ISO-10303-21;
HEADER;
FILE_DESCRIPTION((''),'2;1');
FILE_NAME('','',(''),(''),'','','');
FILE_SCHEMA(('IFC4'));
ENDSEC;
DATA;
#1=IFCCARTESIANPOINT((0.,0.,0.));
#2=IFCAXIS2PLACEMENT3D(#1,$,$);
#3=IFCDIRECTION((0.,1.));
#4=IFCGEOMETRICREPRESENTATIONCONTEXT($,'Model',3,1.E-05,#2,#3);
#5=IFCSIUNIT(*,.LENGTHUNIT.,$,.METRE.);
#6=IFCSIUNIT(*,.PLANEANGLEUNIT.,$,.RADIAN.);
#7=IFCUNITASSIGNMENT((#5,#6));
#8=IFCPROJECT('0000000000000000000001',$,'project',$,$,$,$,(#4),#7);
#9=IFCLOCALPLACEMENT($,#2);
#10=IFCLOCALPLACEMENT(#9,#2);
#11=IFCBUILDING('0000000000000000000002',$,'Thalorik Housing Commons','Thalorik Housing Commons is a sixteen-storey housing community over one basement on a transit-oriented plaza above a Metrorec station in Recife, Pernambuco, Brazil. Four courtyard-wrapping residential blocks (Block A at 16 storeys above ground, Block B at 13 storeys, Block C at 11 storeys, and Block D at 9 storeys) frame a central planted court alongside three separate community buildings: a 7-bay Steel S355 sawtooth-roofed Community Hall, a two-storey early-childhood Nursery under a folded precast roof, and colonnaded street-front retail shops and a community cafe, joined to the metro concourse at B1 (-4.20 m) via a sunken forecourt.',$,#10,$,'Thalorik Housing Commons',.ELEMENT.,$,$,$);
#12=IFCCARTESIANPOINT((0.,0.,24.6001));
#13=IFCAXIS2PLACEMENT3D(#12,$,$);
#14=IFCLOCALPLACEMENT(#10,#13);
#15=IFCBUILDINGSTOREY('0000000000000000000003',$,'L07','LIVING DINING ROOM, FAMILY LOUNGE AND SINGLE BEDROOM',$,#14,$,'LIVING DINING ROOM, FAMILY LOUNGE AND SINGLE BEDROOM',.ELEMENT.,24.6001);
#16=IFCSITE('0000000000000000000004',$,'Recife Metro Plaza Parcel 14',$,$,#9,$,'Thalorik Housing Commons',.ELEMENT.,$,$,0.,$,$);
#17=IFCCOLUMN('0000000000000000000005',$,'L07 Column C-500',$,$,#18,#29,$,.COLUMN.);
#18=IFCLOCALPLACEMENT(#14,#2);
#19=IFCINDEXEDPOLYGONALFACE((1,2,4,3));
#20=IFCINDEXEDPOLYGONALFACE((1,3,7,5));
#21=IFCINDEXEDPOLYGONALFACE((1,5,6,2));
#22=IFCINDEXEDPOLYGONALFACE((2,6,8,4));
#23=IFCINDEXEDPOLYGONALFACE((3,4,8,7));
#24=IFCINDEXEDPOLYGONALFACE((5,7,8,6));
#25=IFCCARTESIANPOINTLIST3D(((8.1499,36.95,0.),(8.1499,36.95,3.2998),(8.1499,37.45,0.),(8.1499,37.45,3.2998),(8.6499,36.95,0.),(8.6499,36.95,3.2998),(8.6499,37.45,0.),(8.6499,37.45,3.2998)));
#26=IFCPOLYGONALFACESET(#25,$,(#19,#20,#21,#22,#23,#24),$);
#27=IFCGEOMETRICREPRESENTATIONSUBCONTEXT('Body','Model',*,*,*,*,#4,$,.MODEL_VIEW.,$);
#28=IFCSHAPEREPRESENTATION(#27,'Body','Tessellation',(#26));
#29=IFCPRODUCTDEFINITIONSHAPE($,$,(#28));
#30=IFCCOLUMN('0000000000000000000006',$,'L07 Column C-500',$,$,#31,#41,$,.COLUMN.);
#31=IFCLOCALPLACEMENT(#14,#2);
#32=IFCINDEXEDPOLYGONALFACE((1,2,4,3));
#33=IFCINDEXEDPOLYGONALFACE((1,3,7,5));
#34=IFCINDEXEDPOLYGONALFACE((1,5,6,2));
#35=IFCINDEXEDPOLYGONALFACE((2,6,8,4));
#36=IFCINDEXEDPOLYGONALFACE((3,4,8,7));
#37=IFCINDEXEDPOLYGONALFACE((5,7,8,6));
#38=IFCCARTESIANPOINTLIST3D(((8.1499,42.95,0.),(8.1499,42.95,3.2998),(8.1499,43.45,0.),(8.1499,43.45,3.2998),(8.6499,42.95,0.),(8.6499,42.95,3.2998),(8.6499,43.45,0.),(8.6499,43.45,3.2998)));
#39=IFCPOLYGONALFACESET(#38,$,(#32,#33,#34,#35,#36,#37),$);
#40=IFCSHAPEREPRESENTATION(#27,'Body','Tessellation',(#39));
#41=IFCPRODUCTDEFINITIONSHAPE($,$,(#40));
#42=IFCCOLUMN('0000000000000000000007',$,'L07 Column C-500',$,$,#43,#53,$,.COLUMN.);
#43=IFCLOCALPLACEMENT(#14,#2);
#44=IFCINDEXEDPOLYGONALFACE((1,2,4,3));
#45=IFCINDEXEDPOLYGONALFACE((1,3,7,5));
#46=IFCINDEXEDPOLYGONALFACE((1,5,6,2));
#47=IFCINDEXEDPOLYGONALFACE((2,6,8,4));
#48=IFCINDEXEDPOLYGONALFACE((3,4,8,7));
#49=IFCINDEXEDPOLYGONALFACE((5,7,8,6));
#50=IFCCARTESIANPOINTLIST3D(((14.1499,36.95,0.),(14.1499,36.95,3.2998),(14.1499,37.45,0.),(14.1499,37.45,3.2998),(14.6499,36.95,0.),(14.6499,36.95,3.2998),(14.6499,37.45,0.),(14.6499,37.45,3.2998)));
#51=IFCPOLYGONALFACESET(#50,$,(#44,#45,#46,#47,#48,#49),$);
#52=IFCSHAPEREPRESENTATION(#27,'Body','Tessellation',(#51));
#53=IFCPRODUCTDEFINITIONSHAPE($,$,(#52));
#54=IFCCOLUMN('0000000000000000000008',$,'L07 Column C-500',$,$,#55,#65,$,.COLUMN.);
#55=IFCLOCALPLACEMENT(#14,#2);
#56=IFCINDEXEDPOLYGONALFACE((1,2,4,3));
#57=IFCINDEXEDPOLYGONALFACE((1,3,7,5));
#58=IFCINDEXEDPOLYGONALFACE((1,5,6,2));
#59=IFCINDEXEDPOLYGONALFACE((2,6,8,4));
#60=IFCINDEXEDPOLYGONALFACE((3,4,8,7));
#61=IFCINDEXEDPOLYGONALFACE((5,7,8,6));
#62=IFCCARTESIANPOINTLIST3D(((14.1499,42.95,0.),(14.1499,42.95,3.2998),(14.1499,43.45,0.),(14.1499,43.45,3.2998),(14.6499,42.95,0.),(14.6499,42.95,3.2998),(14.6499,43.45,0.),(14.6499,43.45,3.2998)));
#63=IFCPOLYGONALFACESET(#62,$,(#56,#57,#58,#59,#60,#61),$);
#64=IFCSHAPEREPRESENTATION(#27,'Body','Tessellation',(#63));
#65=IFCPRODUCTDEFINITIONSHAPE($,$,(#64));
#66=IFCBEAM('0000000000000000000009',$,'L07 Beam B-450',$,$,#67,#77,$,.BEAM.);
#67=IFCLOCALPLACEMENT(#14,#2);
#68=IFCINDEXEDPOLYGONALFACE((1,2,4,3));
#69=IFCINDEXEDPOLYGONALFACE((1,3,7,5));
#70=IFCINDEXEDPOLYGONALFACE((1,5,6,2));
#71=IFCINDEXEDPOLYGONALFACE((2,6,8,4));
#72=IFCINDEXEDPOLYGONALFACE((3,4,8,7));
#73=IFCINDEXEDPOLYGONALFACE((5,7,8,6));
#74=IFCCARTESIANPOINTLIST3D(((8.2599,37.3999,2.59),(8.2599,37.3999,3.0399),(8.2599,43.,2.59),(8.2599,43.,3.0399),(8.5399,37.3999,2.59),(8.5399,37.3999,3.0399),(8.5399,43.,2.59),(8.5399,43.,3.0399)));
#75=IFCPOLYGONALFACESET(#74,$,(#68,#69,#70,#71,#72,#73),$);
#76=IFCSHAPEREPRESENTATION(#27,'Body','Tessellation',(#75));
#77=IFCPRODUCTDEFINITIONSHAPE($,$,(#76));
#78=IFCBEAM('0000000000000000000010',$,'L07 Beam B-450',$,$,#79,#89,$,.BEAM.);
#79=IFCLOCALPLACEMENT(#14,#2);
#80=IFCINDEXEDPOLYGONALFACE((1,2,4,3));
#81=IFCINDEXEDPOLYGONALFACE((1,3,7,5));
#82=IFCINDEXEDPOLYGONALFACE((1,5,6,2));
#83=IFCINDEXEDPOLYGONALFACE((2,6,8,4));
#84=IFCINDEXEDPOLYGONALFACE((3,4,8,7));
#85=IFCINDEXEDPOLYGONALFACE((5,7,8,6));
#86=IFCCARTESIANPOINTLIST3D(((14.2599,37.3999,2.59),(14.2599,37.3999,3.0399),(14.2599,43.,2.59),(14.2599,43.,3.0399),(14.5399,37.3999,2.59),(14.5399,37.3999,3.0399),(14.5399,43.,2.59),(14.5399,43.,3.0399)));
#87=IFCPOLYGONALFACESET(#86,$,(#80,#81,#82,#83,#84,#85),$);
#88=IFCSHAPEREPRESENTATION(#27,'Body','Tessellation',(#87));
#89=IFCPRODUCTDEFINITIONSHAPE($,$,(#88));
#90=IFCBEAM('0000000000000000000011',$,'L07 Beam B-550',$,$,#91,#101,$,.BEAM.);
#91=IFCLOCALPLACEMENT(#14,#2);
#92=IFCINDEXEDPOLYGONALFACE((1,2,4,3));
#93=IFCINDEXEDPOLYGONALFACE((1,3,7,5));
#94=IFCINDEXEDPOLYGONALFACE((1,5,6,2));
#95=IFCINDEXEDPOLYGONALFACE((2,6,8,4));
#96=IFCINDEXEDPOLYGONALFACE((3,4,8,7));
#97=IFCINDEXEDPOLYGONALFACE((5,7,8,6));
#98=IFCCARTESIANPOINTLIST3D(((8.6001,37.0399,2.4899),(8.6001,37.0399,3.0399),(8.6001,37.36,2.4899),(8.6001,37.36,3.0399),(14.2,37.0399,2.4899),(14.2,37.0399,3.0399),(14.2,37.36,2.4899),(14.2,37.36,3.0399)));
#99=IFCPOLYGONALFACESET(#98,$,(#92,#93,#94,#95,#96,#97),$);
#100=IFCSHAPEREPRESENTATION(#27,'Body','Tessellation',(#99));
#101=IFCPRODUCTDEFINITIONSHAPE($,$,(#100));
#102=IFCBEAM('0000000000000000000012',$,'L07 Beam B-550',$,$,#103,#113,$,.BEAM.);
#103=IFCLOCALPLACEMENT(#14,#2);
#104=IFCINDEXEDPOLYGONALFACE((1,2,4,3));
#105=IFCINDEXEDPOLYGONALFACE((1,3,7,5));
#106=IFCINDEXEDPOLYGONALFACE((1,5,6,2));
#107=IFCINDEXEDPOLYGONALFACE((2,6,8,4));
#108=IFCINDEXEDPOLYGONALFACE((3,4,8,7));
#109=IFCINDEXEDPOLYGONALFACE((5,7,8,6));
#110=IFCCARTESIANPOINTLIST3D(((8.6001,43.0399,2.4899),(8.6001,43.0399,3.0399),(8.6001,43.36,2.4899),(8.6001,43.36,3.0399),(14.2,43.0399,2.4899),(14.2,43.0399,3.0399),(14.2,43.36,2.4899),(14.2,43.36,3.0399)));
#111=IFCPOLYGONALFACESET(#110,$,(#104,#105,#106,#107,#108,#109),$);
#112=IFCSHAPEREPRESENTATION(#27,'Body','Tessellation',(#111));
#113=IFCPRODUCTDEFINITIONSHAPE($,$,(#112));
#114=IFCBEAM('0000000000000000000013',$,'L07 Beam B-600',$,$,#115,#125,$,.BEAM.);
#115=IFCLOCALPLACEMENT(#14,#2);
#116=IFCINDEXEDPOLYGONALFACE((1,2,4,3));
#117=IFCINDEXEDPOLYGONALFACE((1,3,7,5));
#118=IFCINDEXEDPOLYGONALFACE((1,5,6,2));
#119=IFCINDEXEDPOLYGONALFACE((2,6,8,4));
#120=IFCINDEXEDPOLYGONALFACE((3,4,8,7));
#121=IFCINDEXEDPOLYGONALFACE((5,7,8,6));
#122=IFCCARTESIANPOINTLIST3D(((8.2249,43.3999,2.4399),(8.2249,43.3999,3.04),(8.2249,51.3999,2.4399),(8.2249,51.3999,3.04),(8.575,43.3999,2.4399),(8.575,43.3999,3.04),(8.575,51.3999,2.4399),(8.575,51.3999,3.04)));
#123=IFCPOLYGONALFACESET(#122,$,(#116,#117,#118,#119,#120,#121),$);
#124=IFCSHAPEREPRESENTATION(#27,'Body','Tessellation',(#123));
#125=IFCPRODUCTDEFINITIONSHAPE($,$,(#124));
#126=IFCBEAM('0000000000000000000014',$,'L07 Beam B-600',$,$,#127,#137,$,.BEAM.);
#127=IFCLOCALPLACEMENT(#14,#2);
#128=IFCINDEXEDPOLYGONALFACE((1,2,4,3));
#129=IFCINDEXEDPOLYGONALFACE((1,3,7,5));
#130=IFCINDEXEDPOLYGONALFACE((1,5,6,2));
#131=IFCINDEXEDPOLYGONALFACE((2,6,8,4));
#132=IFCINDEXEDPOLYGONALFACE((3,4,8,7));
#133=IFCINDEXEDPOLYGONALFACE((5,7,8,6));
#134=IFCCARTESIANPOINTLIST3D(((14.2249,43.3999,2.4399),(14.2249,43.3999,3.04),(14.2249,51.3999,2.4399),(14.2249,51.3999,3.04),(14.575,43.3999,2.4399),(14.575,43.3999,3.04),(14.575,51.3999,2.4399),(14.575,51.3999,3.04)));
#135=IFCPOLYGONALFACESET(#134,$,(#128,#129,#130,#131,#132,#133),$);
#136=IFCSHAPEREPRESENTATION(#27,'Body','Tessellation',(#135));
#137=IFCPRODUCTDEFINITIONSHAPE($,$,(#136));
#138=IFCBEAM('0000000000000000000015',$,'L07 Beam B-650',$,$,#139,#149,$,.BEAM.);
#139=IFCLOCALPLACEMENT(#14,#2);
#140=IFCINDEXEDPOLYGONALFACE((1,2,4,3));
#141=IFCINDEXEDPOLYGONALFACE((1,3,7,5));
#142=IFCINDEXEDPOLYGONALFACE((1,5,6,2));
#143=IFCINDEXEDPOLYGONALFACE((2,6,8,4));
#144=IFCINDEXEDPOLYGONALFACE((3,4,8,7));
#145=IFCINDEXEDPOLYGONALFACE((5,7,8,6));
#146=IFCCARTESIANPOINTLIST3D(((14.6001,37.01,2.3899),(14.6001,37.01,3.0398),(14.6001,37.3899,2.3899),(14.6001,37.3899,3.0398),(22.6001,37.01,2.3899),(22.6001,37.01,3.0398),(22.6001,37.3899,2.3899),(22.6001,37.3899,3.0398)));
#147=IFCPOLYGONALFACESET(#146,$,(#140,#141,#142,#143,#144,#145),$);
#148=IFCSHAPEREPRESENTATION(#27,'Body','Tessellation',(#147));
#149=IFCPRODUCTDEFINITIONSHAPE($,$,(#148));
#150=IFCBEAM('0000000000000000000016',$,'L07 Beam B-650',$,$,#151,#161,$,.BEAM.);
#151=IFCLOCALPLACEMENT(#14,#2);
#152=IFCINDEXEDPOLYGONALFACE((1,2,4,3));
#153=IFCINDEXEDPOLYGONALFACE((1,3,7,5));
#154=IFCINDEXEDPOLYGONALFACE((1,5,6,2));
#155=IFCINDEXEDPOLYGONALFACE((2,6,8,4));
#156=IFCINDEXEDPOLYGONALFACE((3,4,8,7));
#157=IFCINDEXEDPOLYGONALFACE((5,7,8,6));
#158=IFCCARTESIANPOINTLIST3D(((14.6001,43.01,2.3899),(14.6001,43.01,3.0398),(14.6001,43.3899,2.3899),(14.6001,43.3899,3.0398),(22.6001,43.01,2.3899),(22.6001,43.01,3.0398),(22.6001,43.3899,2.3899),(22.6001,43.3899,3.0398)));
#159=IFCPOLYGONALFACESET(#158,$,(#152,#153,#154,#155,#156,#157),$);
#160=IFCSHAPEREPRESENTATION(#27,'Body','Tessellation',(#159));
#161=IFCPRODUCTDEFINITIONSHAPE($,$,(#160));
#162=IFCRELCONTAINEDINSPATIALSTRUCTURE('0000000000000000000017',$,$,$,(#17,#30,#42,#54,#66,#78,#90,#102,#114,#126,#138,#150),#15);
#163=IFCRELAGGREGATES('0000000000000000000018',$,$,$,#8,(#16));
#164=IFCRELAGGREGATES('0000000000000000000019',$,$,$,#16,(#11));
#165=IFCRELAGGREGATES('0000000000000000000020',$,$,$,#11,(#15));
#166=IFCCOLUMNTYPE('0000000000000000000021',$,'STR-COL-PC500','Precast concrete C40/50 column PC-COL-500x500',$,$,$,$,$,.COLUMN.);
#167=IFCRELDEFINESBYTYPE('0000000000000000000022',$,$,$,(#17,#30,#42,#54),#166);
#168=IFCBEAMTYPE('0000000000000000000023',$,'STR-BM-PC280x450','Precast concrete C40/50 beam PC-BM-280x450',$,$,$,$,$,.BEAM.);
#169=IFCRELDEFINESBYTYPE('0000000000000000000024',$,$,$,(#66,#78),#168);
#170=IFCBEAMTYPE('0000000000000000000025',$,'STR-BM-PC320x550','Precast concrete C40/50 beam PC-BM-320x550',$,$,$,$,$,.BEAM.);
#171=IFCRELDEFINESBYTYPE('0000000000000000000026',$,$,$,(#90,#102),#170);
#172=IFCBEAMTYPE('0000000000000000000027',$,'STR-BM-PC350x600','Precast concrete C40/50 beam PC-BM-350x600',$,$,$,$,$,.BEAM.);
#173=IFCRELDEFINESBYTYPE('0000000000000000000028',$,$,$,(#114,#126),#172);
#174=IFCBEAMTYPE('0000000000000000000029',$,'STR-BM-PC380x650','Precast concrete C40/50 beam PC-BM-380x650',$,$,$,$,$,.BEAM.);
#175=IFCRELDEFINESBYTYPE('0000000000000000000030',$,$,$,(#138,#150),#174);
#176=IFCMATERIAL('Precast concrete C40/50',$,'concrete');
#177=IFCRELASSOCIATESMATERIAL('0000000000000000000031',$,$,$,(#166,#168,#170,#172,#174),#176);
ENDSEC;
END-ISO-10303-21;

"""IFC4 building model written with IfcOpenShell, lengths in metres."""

from ifc_helpers import new_model, si_unit, direction, frame, origin, origin_2d, place, context, subcontext, project, spatial, rectangle, extrude, material, material_profile, profile_set, type_object, element, save


model = new_model("IFC4")

# Units and contexts
model_context = context("Model", 3, precision=1e-05, world=origin(), true_north=direction((0.0, 1.0)))
body_context = subcontext(model_context, "Body", "Model", "MODEL_VIEW")
ifc_project = project(units=[si_unit("LENGTHUNIT", "METRE"), si_unit("PLANEANGLEUNIT", "RADIAN")], contexts=[model_context])

# Site, building, storey
site_placement = place(None, origin())
site = spatial("IfcSite", under=ifc_project, at=site_placement, Name="Recife Metro Plaza Parcel 14", LongName="Thalorik Housing Commons", CompositionType="ELEMENT", RefElevation=0.0)
building_placement = place(site_placement, origin())
building = spatial("IfcBuilding", under=site, at=building_placement, Name="Thalorik Housing Commons", Description="Thalorik Housing Commons is a sixteen-storey housing community over one basement on a transit-oriented plaza above a Metrorec station in Recife, Pernambuco, Brazil. Four courtyard-wrapping residential blocks (Block A at 16 storeys above ground, Block B at 13 storeys, Block C at 11 storeys, and Block D at 9 storeys) frame a central planted court alongside three separate community buildings: a 7-bay Steel S355 sawtooth-roofed Community Hall, a two-storey early-childhood Nursery under a folded precast roof, and colonnaded street-front retail shops and a community cafe, joined to the metro concourse at B1 (-4.20 m) via a sunken forecourt.", LongName="Thalorik Housing Commons", CompositionType="ELEMENT")
storey_placement = place(building_placement, frame((0.0, 0.0, 24.6001)))
storey = spatial("IfcBuildingStorey", under=building, at=storey_placement, Name="L07", Description="LIVING DINING ROOM, FAMILY LOUNGE AND SINGLE BEDROOM", LongName="LIVING DINING ROOM, FAMILY LOUNGE AND SINGLE BEDROOM", CompositionType="ELEMENT", Elevation=24.6001)

# Columns
ifc_material_1 = material(Name="Precast concrete C40/50", Category="concrete")
ifc_material_profile_1 = material_profile(ifc_material_1, rectangle(XDim=0.5, YDim=0.5, at=origin_2d()), Name="PC 500x500", Category="concrete")
ifc_profile_set_1 = profile_set([ifc_material_profile_1], Name="Precast concrete C40/50")
column_type = type_object("IfcColumnType", Name="STR-COL-PC500", Description="Precast concrete C40/50 column PC-COL-500x500", PredefinedType="COLUMN", material=ifc_profile_set_1)
for number, where, z_axis, x_axis, name in (
    (1, (8.3999, 37.2, 0.0), (0.0, 0.0, 1.0), (1.0, 0.0, 0.0), "L07 Column C-500"),
    (2, (8.3999, 43.2, 0.0), (0.0, 0.0, 1.0), (1.0, 0.0, 0.0), "L07 Column C-500"),
    (3, (14.3999, 37.2, 0.0), (0.0, 0.0, 1.0), (1.0, 0.0, 0.0), "L07 Column C-500"),
    (4, (14.3999, 43.2, 0.0), (0.0, 0.0, 1.0), (1.0, 0.0, 0.0), "L07 Column C-500"),
):
    element("IfcColumn", number, at=place(storey_placement, frame(where, z_axis=z_axis, x_axis=x_axis)), inside=storey, type_object=column_type, Name=name, PredefinedType="COLUMN", context=body_context, shape_type="SweptSolid", body=[
        extrude(rectangle(XDim=0.5, YDim=0.5, at=origin_2d()), origin(), (0.0, 0.0, 1.0), 3.2998),
    ])

# Beams
ifc_material_profile_2 = material_profile(ifc_material_1, rectangle(XDim=0.28, YDim=0.45, at=origin_2d()), Name="PC 280x450", Category="concrete")
ifc_profile_set_2 = profile_set([ifc_material_profile_2], Name="Precast concrete C40/50")
beam_type_1 = type_object("IfcBeamType", Name="STR-BM-PC280x450", Description="Precast concrete C40/50 beam PC-BM-280x450", PredefinedType="BEAM", material=ifc_profile_set_2)
for number, where, z_axis, x_axis, name in (
    (5, (8.3999, 37.3999, 2.8149), (0.0, 1.0, 0.0), (-1.0, 0.0, 0.0), "L07 Beam B-450"),
    (6, (14.3999, 37.3999, 2.8149), (0.0, 1.0, 0.0), (-1.0, 0.0, 0.0), "L07 Beam B-450"),
):
    element("IfcBeam", number, at=place(storey_placement, frame(where, z_axis=z_axis, x_axis=x_axis)), inside=storey, type_object=beam_type_1, Name=name, PredefinedType="BEAM", context=body_context, shape_type="SweptSolid", body=[
        extrude(rectangle(XDim=0.28, YDim=0.45, at=origin_2d()), origin(), (0.0, 0.0, 1.0), 5.6001),
    ])
ifc_material_profile_3 = material_profile(ifc_material_1, rectangle(XDim=0.3201, YDim=0.55, at=origin_2d()), Name="PC 320x550", Category="concrete")
ifc_profile_set_3 = profile_set([ifc_material_profile_3], Name="Precast concrete C40/50")
beam_type_2 = type_object("IfcBeamType", Name="STR-BM-PC320x550", Description="Precast concrete C40/50 beam PC-BM-320x550", PredefinedType="BEAM", material=ifc_profile_set_3)
for number, where, z_axis, x_axis, name in (
    (7, (8.6001, 37.2, 2.7649), (1.0, 0.0, 0.0), (0.0, 1.0, 0.0), "L07 Beam B-550"),
    (8, (8.6001, 43.2, 2.7649), (1.0, 0.0, 0.0), (0.0, 1.0, 0.0), "L07 Beam B-550"),
):
    element("IfcBeam", number, at=place(storey_placement, frame(where, z_axis=z_axis, x_axis=x_axis)), inside=storey, type_object=beam_type_2, Name=name, PredefinedType="BEAM", context=body_context, shape_type="SweptSolid", body=[
        extrude(rectangle(XDim=0.3201, YDim=0.55, at=origin_2d()), origin(), (0.0, 0.0, 1.0), 5.5999),
    ])
ifc_material_profile_4 = material_profile(ifc_material_1, rectangle(XDim=0.3501, YDim=0.6001, at=origin_2d()), Name="PC 350x600", Category="concrete")
ifc_profile_set_4 = profile_set([ifc_material_profile_4], Name="Precast concrete C40/50")
beam_type_3 = type_object("IfcBeamType", Name="STR-BM-PC350x600", Description="Precast concrete C40/50 beam PC-BM-350x600", PredefinedType="BEAM", material=ifc_profile_set_4)
for number, where, z_axis, x_axis, name in (
    (9, (8.3999, 43.3999, 2.74), (0.0, 1.0, 0.0), (-1.0, 0.0, 0.0), "L07 Beam B-600"),
    (10, (14.3999, 43.3999, 2.74), (0.0, 1.0, 0.0), (-1.0, 0.0, 0.0), "L07 Beam B-600"),
):
    element("IfcBeam", number, at=place(storey_placement, frame(where, z_axis=z_axis, x_axis=x_axis)), inside=storey, type_object=beam_type_3, Name=name, PredefinedType="BEAM", context=body_context, shape_type="SweptSolid", body=[
        extrude(rectangle(XDim=0.3501, YDim=0.6001, at=origin_2d()), origin(), (0.0, 0.0, 1.0), 8.0),
    ])
ifc_material_profile_5 = material_profile(ifc_material_1, rectangle(XDim=0.3799, YDim=0.6499, at=origin_2d()), Name="PC 380x650", Category="concrete")
ifc_profile_set_5 = profile_set([ifc_material_profile_5], Name="Precast concrete C40/50")
beam_type_4 = type_object("IfcBeamType", Name="STR-BM-PC380x650", Description="Precast concrete C40/50 beam PC-BM-380x650", PredefinedType="BEAM", material=ifc_profile_set_5)
for number, where, z_axis, x_axis, name in (
    (11, (14.6001, 37.2, 2.7148), (1.0, 0.0, 0.0), (0.0, 1.0, 0.0), "L07 Beam B-650"),
    (12, (14.6001, 43.2, 2.7148), (1.0, 0.0, 0.0), (0.0, 1.0, 0.0), "L07 Beam B-650"),
):
    element("IfcBeam", number, at=place(storey_placement, frame(where, z_axis=z_axis, x_axis=x_axis)), inside=storey, type_object=beam_type_4, Name=name, PredefinedType="BEAM", context=body_context, shape_type="SweptSolid", body=[
        extrude(rectangle(XDim=0.3799, YDim=0.6499, at=origin_2d()), origin(), (0.0, 0.0, 1.0), 8.0),
    ])

save(model, "model.ifc")
